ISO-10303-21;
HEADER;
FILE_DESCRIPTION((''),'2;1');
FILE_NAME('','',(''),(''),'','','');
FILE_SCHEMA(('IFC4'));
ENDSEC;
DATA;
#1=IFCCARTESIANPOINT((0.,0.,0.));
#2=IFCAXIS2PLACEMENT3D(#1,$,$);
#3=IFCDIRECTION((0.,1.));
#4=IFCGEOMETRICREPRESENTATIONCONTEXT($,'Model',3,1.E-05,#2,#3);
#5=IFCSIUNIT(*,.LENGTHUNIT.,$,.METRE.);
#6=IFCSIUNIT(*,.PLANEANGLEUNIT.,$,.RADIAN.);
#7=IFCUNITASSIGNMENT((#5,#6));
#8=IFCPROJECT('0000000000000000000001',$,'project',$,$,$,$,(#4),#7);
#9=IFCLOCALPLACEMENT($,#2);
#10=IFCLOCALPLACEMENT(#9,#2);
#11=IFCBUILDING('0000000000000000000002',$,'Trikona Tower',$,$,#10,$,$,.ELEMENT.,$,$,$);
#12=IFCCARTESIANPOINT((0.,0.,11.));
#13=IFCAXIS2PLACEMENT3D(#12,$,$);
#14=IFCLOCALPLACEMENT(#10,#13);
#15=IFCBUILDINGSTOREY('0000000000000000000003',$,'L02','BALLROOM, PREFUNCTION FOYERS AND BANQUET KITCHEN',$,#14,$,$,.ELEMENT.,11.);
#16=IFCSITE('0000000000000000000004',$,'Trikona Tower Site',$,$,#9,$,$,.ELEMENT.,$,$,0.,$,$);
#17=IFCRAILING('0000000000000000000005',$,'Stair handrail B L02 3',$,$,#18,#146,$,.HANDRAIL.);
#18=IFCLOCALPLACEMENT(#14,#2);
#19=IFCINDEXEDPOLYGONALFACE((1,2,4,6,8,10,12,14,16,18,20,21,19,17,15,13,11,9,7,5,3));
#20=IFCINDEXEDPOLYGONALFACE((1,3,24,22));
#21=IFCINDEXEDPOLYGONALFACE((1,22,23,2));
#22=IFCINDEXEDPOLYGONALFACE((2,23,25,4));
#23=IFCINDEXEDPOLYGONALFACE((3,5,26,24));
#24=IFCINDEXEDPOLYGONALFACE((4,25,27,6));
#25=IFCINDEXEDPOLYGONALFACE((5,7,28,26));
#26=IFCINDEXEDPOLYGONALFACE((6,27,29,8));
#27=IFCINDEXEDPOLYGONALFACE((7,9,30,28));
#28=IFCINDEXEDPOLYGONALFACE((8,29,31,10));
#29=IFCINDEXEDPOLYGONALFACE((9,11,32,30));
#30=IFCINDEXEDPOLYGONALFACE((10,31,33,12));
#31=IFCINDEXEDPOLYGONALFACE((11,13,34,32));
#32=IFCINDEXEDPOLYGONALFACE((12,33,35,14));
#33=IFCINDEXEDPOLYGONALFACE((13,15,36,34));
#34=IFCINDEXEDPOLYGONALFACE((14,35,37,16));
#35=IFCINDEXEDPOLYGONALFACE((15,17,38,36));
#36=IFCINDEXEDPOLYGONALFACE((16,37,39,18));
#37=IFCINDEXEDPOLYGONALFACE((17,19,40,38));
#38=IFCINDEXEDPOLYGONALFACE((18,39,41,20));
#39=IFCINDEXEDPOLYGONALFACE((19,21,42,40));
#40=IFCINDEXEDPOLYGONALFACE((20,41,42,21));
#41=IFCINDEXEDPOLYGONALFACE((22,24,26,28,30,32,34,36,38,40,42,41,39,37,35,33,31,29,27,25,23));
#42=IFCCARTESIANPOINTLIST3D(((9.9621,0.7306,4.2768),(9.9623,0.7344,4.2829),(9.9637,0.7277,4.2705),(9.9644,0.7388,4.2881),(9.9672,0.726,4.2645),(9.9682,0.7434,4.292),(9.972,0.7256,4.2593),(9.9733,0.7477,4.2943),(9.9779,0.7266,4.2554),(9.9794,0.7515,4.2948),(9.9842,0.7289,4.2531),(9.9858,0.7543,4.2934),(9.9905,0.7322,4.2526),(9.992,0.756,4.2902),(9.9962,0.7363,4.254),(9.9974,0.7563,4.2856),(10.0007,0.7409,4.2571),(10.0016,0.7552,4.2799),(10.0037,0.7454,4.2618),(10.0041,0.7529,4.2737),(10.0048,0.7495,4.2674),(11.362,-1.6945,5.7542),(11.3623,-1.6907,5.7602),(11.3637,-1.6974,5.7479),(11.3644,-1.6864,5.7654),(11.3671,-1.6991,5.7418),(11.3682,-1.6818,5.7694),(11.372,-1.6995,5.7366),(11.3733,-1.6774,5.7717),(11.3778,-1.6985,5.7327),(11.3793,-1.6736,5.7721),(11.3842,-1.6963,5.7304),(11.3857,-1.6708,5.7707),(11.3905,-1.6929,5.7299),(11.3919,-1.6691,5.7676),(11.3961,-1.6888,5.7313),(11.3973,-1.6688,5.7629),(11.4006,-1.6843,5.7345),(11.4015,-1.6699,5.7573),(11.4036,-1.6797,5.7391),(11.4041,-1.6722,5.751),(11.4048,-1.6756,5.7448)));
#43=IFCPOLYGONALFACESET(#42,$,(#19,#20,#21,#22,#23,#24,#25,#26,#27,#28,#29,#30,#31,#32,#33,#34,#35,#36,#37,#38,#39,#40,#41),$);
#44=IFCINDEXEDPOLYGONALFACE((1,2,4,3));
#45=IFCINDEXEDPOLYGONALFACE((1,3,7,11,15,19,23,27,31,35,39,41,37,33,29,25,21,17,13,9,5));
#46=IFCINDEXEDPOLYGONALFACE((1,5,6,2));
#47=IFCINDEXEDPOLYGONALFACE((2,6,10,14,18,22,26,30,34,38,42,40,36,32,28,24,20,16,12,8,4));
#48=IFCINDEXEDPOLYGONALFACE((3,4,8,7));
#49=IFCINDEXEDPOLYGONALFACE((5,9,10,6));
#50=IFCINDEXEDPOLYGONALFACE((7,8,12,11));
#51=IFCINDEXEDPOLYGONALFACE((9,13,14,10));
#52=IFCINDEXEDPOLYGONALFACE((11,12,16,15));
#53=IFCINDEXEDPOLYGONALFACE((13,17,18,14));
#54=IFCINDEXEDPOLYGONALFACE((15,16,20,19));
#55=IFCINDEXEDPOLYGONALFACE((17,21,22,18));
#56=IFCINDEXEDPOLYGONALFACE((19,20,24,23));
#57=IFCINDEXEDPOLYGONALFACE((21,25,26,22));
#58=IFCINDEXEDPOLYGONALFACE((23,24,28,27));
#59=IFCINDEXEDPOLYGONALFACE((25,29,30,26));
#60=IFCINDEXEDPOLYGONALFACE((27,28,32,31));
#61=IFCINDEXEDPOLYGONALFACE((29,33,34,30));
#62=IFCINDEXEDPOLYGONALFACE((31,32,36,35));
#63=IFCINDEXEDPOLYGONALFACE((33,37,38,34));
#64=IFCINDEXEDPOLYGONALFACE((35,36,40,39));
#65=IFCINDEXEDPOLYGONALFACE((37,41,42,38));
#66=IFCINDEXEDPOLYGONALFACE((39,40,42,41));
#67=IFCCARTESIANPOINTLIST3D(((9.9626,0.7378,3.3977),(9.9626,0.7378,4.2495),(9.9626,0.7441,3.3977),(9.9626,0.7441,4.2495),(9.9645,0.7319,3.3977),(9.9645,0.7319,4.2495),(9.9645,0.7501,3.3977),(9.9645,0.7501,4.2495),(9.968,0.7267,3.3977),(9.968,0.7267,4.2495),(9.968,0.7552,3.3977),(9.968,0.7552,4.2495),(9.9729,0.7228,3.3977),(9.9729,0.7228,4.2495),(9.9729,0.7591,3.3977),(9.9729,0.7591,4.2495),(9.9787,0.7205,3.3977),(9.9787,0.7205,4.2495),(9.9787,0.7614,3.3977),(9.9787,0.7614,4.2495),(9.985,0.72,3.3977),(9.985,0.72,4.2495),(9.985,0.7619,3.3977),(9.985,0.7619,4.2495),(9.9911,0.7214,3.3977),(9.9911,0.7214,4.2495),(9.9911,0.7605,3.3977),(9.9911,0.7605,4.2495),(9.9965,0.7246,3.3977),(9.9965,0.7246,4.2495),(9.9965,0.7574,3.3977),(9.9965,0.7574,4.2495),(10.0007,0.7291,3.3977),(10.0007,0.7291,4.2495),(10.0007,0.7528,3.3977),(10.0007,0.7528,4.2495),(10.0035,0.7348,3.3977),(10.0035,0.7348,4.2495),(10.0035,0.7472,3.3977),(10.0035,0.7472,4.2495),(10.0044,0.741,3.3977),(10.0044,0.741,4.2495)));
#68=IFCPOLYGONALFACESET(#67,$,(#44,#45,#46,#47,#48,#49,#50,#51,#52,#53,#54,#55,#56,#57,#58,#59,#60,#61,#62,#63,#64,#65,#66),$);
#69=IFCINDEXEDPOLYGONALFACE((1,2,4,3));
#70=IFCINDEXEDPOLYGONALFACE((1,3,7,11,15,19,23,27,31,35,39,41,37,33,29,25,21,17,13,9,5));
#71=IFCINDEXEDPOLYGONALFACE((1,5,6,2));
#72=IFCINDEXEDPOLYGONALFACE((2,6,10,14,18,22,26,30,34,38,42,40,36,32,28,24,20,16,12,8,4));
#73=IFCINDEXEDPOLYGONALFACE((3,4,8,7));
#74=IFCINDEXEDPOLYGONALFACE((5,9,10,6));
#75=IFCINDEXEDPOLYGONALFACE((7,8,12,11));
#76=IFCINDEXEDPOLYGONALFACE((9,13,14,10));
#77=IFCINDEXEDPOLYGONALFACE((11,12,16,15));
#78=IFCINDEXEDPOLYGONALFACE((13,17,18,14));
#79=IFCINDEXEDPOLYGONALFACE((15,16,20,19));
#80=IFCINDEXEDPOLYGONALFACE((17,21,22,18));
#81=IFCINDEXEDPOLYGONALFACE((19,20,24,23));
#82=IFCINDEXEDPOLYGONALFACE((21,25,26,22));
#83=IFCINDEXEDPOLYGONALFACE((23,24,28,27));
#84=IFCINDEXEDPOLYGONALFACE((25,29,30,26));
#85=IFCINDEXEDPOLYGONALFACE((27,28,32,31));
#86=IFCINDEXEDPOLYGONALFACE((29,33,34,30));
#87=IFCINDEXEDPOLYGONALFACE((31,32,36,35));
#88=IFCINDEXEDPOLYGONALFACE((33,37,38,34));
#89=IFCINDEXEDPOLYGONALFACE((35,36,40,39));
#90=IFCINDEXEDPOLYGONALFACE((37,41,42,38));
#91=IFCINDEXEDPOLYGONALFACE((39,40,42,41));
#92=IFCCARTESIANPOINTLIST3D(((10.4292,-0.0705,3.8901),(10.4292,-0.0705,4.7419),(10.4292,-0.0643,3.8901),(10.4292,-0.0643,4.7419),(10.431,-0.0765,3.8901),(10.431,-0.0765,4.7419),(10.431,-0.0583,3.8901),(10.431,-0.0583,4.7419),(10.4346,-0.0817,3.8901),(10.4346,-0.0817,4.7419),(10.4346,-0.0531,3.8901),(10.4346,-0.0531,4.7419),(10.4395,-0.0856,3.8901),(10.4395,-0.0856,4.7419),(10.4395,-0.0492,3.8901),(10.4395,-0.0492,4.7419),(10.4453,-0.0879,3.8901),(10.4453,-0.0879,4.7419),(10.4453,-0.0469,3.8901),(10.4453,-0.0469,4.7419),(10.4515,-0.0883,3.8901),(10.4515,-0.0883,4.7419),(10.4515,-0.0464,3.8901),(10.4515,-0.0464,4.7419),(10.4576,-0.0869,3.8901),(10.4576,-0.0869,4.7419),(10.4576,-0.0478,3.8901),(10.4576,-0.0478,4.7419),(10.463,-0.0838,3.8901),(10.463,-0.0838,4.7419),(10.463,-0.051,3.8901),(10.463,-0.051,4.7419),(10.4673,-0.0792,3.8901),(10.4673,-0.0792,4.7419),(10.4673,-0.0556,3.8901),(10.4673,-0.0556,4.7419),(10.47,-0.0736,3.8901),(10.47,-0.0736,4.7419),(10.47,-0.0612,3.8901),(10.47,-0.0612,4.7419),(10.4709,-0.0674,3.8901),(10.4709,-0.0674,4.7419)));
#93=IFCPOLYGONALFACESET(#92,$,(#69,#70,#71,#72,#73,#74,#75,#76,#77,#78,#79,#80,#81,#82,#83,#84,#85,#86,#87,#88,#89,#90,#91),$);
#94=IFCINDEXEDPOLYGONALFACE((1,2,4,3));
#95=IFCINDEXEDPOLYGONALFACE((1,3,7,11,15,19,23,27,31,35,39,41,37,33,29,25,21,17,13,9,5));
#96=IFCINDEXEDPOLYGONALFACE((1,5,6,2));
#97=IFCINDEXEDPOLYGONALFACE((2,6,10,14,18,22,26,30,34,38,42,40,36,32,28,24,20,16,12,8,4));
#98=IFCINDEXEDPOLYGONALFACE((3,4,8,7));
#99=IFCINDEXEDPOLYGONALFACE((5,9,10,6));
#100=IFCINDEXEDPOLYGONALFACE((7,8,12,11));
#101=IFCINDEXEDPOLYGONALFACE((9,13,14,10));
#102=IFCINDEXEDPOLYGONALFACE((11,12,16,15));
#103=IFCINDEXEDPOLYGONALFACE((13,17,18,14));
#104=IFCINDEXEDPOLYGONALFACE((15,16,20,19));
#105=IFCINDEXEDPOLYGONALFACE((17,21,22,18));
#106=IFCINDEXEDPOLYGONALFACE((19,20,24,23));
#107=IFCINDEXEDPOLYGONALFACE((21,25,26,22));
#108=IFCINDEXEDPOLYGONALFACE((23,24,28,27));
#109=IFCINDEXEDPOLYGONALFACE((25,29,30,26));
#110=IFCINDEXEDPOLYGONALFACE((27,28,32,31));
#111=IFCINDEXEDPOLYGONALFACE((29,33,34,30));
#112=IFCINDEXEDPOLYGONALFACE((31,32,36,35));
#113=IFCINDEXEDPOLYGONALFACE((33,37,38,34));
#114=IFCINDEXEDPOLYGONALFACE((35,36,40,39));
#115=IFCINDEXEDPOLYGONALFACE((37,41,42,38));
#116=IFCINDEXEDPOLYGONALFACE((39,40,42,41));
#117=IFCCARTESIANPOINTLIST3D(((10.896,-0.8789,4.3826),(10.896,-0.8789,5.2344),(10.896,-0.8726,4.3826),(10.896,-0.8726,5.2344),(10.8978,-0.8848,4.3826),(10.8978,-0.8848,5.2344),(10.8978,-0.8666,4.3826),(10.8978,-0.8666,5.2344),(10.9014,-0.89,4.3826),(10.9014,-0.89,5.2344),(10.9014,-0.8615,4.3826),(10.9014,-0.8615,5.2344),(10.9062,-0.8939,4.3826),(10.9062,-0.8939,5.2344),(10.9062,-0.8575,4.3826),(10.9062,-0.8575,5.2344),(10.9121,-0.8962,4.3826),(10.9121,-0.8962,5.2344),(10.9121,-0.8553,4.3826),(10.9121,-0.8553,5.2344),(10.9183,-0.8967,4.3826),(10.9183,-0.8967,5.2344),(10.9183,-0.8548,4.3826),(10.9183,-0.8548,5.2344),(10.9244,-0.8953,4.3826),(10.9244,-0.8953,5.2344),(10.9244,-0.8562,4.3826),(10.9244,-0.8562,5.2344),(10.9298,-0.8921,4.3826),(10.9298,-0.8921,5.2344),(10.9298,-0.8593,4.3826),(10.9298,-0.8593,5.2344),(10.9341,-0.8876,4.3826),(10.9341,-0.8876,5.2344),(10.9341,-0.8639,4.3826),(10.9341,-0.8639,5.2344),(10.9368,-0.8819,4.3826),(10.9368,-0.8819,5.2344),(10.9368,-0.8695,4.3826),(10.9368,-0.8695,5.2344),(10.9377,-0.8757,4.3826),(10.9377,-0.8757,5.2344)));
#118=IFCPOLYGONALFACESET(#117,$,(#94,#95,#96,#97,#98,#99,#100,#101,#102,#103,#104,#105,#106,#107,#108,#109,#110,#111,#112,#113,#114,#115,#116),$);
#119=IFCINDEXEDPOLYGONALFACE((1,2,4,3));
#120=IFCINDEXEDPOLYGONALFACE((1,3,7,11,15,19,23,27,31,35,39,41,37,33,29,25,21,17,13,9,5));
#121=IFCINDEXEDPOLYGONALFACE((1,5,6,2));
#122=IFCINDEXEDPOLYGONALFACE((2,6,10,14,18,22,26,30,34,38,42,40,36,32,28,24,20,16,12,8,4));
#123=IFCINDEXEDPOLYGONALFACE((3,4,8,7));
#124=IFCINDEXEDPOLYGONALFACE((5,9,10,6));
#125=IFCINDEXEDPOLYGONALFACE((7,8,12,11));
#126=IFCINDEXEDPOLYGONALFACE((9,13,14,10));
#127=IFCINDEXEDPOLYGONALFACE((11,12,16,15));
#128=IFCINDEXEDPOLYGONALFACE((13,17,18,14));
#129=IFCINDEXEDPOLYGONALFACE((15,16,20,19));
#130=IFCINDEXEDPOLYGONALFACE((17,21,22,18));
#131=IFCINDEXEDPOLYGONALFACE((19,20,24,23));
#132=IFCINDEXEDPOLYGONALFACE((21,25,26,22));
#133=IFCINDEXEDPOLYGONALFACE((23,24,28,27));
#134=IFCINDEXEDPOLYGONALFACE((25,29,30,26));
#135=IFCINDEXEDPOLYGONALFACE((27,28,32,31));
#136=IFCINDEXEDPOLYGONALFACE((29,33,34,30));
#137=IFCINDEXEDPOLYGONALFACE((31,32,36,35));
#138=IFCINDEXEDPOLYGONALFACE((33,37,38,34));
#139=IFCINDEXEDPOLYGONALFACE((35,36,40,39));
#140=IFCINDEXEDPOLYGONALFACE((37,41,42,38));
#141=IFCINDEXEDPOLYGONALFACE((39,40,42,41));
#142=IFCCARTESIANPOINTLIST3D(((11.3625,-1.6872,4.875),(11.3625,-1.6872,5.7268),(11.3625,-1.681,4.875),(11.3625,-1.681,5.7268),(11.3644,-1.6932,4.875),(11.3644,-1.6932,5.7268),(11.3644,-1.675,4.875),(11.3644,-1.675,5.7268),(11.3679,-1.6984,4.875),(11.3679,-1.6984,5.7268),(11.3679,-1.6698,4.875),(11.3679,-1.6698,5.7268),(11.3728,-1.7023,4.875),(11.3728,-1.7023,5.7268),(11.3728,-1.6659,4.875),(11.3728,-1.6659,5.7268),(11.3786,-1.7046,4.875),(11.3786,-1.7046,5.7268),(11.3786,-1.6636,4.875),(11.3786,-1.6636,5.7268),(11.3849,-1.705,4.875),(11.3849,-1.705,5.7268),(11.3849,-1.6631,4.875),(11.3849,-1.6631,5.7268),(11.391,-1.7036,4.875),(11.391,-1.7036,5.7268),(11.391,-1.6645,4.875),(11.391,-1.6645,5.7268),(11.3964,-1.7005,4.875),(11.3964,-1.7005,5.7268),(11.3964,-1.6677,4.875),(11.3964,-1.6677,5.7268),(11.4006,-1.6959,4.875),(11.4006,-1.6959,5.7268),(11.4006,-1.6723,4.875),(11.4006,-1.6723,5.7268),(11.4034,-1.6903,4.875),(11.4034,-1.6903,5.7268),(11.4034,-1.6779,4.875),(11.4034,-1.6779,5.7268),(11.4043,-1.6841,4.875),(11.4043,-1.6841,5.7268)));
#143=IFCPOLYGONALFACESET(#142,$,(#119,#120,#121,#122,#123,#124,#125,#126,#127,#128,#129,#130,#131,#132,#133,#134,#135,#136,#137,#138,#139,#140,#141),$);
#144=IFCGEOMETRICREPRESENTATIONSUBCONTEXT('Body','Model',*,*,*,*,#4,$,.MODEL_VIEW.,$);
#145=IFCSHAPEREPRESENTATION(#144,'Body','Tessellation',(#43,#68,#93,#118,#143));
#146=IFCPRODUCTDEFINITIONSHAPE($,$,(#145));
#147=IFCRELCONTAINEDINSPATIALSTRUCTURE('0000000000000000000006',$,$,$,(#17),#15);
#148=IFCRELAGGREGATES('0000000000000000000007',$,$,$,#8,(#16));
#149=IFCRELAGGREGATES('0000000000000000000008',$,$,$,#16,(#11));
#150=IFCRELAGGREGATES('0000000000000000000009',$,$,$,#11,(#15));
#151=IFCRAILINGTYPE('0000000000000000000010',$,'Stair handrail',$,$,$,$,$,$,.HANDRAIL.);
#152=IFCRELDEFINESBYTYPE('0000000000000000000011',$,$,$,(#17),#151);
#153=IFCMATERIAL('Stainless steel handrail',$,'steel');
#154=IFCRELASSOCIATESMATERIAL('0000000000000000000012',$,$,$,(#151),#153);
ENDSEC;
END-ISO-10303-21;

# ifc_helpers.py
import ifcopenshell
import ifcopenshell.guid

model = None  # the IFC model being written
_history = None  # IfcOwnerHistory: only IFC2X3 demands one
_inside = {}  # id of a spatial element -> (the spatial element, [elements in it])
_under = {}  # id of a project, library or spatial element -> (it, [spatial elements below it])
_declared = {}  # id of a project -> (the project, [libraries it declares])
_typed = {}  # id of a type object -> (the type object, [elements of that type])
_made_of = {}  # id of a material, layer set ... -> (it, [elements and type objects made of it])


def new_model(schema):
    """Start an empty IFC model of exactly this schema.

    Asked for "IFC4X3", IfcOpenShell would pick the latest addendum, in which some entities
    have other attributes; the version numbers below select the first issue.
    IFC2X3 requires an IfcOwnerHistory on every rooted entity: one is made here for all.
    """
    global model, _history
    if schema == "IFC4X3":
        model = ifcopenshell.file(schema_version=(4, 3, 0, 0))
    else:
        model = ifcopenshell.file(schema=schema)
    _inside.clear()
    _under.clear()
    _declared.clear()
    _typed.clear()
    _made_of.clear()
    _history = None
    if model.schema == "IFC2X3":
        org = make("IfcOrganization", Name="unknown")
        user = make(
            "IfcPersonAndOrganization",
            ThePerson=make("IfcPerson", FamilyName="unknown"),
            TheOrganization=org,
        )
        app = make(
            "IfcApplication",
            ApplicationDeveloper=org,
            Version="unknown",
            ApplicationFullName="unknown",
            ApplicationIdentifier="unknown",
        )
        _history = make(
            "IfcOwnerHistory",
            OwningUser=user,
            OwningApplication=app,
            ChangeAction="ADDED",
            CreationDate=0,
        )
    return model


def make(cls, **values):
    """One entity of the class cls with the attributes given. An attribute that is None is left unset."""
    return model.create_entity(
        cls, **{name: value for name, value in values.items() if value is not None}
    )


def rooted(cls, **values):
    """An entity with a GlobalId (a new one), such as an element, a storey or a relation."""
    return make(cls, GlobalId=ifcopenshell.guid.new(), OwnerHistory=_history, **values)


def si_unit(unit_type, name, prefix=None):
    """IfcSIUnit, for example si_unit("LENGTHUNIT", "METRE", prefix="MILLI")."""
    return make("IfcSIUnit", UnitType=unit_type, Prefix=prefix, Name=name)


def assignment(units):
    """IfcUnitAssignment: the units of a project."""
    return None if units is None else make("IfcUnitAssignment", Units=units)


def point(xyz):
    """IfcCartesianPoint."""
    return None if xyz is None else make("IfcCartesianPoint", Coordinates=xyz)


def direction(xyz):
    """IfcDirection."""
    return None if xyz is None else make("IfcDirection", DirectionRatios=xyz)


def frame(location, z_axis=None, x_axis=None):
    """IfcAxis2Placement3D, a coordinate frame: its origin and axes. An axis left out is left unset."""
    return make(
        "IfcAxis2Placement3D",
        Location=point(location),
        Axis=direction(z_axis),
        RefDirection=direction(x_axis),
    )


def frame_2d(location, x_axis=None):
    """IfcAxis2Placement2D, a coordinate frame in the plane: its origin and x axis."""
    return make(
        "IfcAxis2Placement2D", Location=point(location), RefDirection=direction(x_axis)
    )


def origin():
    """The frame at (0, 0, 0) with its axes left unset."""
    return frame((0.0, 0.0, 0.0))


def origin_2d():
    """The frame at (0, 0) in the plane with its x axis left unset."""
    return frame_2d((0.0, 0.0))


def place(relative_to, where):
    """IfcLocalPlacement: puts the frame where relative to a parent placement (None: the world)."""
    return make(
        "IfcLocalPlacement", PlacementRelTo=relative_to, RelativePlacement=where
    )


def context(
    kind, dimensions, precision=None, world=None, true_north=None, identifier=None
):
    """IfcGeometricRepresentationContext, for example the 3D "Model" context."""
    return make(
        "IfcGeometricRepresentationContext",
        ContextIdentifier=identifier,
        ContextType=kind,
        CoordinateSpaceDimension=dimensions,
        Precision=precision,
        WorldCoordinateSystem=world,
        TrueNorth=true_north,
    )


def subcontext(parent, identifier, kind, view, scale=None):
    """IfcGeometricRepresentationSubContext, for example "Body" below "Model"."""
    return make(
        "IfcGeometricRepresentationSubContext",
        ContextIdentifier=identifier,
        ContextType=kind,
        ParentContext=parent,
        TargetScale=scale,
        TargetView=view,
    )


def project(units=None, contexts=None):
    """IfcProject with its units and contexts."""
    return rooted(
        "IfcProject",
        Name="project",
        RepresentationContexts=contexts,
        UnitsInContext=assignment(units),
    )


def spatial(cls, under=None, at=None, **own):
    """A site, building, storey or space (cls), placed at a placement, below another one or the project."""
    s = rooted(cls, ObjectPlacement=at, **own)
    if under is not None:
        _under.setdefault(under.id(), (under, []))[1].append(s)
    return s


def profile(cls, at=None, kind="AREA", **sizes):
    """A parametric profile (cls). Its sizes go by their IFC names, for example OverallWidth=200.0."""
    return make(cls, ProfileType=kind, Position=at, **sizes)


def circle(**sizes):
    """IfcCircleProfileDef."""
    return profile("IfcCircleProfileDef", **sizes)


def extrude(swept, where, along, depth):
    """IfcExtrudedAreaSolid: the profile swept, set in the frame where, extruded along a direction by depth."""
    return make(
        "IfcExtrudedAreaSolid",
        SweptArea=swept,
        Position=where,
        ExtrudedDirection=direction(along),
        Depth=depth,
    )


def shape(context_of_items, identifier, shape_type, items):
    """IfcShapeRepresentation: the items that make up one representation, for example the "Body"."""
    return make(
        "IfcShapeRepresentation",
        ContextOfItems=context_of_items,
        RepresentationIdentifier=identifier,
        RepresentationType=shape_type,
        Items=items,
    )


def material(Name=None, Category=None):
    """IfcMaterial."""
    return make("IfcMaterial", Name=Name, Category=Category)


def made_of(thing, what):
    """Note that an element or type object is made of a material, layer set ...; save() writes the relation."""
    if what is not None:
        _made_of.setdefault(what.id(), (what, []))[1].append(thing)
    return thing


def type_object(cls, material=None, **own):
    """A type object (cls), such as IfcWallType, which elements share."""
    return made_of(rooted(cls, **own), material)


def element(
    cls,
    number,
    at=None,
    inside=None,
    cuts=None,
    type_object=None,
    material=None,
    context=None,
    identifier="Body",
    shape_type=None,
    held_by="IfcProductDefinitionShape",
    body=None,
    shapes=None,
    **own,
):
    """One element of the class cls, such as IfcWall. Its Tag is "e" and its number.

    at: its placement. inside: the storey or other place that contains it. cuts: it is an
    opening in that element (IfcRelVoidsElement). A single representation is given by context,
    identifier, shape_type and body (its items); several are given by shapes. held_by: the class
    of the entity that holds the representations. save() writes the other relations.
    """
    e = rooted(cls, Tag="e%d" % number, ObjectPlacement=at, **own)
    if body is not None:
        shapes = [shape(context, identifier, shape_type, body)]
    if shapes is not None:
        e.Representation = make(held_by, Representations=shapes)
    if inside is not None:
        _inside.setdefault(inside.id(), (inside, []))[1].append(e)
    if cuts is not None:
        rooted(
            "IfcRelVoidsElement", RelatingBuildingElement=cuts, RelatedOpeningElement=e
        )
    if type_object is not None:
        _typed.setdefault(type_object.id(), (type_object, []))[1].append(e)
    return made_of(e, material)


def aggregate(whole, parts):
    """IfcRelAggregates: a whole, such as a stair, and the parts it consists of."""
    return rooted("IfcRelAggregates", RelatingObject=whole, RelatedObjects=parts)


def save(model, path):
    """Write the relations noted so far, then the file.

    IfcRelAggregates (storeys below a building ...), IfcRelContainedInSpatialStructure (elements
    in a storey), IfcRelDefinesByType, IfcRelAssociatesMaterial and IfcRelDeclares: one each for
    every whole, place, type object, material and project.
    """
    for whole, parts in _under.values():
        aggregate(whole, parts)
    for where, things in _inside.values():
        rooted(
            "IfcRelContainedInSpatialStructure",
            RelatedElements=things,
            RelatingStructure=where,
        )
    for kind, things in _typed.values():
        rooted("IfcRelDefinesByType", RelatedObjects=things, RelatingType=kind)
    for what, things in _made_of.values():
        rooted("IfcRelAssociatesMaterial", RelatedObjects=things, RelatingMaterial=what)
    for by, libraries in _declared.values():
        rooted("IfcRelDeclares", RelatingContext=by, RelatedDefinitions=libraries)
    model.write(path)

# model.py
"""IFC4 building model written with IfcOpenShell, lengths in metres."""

from ifc_helpers import new_model, si_unit, direction, frame, origin, origin_2d, place, context, subcontext, project, spatial, circle, extrude, material, type_object, element, save


model = new_model("IFC4")

# Units and contexts
model_context = context("Model", 3, precision=1e-05, world=origin(), true_north=direction((0.0, 1.0)))
body_context = subcontext(model_context, "Body", "Model", "MODEL_VIEW")
ifc_project = project(units=[si_unit("LENGTHUNIT", "METRE"), si_unit("PLANEANGLEUNIT", "RADIAN")], contexts=[model_context])

# Site, building, storey
site_placement = place(None, origin())
site = spatial("IfcSite", under=ifc_project, at=site_placement, Name="Trikona Tower Site", CompositionType="ELEMENT", RefElevation=0.0)
building_placement = place(site_placement, origin())
building = spatial("IfcBuilding", under=site, at=building_placement, Name="Trikona Tower", CompositionType="ELEMENT")
storey_placement = place(building_placement, frame((0.0, 0.0, 11.0)))
storey = spatial("IfcBuildingStorey", under=building, at=storey_placement, Name="L02", Description="BALLROOM, PREFUNCTION FOYERS AND BANQUET KITCHEN", CompositionType="ELEMENT", Elevation=11.0)

# Railing
ifc_material_1 = material(Name="Stainless steel handrail", Category="steel")
railing_type_1 = type_object("IfcRailingType", Name="Stair handrail", PredefinedType="HANDRAIL", material=ifc_material_1)
for number, where, name in (
    (1, (9.9834, 0.741, 3.3977), "Stair handrail B L02 3"),
):
    element("IfcRailing", number, at=place(storey_placement, frame(where)), inside=storey, type_object=railing_type_1, Name=name, PredefinedType="HANDRAIL", context=body_context, shape_type="SweptSolid", body=[
        extrude(circle(Radius=0.0239, at=origin_2d()), frame((0.0, 0.0, 0.876), z_axis=(0.44218, -0.765988, 0.466626), x_axis=(0.866056, 0.499946, 0.0)), (0.0, 0.0, 1.0), 3.166),
        extrude(circle(Radius=0.021, at=origin_2d()), origin(), (0.0, 0.0, 1.0), 0.8518),
        extrude(circle(Radius=0.021, at=origin_2d()), frame((0.4666, -0.8083, 0.4924)), (0.0, 0.0, 1.0), 0.8518),
        extrude(circle(Radius=0.021, at=origin_2d()), frame((0.9333, -1.6167, 0.9849)), (0.0, 0.0, 1.0), 0.8518),
        extrude(circle(Radius=0.021, at=origin_2d()), frame((1.3999, -2.425, 1.4773)), (0.0, 0.0, 1.0), 0.8518),
    ])

save(model, "model.ifc")
